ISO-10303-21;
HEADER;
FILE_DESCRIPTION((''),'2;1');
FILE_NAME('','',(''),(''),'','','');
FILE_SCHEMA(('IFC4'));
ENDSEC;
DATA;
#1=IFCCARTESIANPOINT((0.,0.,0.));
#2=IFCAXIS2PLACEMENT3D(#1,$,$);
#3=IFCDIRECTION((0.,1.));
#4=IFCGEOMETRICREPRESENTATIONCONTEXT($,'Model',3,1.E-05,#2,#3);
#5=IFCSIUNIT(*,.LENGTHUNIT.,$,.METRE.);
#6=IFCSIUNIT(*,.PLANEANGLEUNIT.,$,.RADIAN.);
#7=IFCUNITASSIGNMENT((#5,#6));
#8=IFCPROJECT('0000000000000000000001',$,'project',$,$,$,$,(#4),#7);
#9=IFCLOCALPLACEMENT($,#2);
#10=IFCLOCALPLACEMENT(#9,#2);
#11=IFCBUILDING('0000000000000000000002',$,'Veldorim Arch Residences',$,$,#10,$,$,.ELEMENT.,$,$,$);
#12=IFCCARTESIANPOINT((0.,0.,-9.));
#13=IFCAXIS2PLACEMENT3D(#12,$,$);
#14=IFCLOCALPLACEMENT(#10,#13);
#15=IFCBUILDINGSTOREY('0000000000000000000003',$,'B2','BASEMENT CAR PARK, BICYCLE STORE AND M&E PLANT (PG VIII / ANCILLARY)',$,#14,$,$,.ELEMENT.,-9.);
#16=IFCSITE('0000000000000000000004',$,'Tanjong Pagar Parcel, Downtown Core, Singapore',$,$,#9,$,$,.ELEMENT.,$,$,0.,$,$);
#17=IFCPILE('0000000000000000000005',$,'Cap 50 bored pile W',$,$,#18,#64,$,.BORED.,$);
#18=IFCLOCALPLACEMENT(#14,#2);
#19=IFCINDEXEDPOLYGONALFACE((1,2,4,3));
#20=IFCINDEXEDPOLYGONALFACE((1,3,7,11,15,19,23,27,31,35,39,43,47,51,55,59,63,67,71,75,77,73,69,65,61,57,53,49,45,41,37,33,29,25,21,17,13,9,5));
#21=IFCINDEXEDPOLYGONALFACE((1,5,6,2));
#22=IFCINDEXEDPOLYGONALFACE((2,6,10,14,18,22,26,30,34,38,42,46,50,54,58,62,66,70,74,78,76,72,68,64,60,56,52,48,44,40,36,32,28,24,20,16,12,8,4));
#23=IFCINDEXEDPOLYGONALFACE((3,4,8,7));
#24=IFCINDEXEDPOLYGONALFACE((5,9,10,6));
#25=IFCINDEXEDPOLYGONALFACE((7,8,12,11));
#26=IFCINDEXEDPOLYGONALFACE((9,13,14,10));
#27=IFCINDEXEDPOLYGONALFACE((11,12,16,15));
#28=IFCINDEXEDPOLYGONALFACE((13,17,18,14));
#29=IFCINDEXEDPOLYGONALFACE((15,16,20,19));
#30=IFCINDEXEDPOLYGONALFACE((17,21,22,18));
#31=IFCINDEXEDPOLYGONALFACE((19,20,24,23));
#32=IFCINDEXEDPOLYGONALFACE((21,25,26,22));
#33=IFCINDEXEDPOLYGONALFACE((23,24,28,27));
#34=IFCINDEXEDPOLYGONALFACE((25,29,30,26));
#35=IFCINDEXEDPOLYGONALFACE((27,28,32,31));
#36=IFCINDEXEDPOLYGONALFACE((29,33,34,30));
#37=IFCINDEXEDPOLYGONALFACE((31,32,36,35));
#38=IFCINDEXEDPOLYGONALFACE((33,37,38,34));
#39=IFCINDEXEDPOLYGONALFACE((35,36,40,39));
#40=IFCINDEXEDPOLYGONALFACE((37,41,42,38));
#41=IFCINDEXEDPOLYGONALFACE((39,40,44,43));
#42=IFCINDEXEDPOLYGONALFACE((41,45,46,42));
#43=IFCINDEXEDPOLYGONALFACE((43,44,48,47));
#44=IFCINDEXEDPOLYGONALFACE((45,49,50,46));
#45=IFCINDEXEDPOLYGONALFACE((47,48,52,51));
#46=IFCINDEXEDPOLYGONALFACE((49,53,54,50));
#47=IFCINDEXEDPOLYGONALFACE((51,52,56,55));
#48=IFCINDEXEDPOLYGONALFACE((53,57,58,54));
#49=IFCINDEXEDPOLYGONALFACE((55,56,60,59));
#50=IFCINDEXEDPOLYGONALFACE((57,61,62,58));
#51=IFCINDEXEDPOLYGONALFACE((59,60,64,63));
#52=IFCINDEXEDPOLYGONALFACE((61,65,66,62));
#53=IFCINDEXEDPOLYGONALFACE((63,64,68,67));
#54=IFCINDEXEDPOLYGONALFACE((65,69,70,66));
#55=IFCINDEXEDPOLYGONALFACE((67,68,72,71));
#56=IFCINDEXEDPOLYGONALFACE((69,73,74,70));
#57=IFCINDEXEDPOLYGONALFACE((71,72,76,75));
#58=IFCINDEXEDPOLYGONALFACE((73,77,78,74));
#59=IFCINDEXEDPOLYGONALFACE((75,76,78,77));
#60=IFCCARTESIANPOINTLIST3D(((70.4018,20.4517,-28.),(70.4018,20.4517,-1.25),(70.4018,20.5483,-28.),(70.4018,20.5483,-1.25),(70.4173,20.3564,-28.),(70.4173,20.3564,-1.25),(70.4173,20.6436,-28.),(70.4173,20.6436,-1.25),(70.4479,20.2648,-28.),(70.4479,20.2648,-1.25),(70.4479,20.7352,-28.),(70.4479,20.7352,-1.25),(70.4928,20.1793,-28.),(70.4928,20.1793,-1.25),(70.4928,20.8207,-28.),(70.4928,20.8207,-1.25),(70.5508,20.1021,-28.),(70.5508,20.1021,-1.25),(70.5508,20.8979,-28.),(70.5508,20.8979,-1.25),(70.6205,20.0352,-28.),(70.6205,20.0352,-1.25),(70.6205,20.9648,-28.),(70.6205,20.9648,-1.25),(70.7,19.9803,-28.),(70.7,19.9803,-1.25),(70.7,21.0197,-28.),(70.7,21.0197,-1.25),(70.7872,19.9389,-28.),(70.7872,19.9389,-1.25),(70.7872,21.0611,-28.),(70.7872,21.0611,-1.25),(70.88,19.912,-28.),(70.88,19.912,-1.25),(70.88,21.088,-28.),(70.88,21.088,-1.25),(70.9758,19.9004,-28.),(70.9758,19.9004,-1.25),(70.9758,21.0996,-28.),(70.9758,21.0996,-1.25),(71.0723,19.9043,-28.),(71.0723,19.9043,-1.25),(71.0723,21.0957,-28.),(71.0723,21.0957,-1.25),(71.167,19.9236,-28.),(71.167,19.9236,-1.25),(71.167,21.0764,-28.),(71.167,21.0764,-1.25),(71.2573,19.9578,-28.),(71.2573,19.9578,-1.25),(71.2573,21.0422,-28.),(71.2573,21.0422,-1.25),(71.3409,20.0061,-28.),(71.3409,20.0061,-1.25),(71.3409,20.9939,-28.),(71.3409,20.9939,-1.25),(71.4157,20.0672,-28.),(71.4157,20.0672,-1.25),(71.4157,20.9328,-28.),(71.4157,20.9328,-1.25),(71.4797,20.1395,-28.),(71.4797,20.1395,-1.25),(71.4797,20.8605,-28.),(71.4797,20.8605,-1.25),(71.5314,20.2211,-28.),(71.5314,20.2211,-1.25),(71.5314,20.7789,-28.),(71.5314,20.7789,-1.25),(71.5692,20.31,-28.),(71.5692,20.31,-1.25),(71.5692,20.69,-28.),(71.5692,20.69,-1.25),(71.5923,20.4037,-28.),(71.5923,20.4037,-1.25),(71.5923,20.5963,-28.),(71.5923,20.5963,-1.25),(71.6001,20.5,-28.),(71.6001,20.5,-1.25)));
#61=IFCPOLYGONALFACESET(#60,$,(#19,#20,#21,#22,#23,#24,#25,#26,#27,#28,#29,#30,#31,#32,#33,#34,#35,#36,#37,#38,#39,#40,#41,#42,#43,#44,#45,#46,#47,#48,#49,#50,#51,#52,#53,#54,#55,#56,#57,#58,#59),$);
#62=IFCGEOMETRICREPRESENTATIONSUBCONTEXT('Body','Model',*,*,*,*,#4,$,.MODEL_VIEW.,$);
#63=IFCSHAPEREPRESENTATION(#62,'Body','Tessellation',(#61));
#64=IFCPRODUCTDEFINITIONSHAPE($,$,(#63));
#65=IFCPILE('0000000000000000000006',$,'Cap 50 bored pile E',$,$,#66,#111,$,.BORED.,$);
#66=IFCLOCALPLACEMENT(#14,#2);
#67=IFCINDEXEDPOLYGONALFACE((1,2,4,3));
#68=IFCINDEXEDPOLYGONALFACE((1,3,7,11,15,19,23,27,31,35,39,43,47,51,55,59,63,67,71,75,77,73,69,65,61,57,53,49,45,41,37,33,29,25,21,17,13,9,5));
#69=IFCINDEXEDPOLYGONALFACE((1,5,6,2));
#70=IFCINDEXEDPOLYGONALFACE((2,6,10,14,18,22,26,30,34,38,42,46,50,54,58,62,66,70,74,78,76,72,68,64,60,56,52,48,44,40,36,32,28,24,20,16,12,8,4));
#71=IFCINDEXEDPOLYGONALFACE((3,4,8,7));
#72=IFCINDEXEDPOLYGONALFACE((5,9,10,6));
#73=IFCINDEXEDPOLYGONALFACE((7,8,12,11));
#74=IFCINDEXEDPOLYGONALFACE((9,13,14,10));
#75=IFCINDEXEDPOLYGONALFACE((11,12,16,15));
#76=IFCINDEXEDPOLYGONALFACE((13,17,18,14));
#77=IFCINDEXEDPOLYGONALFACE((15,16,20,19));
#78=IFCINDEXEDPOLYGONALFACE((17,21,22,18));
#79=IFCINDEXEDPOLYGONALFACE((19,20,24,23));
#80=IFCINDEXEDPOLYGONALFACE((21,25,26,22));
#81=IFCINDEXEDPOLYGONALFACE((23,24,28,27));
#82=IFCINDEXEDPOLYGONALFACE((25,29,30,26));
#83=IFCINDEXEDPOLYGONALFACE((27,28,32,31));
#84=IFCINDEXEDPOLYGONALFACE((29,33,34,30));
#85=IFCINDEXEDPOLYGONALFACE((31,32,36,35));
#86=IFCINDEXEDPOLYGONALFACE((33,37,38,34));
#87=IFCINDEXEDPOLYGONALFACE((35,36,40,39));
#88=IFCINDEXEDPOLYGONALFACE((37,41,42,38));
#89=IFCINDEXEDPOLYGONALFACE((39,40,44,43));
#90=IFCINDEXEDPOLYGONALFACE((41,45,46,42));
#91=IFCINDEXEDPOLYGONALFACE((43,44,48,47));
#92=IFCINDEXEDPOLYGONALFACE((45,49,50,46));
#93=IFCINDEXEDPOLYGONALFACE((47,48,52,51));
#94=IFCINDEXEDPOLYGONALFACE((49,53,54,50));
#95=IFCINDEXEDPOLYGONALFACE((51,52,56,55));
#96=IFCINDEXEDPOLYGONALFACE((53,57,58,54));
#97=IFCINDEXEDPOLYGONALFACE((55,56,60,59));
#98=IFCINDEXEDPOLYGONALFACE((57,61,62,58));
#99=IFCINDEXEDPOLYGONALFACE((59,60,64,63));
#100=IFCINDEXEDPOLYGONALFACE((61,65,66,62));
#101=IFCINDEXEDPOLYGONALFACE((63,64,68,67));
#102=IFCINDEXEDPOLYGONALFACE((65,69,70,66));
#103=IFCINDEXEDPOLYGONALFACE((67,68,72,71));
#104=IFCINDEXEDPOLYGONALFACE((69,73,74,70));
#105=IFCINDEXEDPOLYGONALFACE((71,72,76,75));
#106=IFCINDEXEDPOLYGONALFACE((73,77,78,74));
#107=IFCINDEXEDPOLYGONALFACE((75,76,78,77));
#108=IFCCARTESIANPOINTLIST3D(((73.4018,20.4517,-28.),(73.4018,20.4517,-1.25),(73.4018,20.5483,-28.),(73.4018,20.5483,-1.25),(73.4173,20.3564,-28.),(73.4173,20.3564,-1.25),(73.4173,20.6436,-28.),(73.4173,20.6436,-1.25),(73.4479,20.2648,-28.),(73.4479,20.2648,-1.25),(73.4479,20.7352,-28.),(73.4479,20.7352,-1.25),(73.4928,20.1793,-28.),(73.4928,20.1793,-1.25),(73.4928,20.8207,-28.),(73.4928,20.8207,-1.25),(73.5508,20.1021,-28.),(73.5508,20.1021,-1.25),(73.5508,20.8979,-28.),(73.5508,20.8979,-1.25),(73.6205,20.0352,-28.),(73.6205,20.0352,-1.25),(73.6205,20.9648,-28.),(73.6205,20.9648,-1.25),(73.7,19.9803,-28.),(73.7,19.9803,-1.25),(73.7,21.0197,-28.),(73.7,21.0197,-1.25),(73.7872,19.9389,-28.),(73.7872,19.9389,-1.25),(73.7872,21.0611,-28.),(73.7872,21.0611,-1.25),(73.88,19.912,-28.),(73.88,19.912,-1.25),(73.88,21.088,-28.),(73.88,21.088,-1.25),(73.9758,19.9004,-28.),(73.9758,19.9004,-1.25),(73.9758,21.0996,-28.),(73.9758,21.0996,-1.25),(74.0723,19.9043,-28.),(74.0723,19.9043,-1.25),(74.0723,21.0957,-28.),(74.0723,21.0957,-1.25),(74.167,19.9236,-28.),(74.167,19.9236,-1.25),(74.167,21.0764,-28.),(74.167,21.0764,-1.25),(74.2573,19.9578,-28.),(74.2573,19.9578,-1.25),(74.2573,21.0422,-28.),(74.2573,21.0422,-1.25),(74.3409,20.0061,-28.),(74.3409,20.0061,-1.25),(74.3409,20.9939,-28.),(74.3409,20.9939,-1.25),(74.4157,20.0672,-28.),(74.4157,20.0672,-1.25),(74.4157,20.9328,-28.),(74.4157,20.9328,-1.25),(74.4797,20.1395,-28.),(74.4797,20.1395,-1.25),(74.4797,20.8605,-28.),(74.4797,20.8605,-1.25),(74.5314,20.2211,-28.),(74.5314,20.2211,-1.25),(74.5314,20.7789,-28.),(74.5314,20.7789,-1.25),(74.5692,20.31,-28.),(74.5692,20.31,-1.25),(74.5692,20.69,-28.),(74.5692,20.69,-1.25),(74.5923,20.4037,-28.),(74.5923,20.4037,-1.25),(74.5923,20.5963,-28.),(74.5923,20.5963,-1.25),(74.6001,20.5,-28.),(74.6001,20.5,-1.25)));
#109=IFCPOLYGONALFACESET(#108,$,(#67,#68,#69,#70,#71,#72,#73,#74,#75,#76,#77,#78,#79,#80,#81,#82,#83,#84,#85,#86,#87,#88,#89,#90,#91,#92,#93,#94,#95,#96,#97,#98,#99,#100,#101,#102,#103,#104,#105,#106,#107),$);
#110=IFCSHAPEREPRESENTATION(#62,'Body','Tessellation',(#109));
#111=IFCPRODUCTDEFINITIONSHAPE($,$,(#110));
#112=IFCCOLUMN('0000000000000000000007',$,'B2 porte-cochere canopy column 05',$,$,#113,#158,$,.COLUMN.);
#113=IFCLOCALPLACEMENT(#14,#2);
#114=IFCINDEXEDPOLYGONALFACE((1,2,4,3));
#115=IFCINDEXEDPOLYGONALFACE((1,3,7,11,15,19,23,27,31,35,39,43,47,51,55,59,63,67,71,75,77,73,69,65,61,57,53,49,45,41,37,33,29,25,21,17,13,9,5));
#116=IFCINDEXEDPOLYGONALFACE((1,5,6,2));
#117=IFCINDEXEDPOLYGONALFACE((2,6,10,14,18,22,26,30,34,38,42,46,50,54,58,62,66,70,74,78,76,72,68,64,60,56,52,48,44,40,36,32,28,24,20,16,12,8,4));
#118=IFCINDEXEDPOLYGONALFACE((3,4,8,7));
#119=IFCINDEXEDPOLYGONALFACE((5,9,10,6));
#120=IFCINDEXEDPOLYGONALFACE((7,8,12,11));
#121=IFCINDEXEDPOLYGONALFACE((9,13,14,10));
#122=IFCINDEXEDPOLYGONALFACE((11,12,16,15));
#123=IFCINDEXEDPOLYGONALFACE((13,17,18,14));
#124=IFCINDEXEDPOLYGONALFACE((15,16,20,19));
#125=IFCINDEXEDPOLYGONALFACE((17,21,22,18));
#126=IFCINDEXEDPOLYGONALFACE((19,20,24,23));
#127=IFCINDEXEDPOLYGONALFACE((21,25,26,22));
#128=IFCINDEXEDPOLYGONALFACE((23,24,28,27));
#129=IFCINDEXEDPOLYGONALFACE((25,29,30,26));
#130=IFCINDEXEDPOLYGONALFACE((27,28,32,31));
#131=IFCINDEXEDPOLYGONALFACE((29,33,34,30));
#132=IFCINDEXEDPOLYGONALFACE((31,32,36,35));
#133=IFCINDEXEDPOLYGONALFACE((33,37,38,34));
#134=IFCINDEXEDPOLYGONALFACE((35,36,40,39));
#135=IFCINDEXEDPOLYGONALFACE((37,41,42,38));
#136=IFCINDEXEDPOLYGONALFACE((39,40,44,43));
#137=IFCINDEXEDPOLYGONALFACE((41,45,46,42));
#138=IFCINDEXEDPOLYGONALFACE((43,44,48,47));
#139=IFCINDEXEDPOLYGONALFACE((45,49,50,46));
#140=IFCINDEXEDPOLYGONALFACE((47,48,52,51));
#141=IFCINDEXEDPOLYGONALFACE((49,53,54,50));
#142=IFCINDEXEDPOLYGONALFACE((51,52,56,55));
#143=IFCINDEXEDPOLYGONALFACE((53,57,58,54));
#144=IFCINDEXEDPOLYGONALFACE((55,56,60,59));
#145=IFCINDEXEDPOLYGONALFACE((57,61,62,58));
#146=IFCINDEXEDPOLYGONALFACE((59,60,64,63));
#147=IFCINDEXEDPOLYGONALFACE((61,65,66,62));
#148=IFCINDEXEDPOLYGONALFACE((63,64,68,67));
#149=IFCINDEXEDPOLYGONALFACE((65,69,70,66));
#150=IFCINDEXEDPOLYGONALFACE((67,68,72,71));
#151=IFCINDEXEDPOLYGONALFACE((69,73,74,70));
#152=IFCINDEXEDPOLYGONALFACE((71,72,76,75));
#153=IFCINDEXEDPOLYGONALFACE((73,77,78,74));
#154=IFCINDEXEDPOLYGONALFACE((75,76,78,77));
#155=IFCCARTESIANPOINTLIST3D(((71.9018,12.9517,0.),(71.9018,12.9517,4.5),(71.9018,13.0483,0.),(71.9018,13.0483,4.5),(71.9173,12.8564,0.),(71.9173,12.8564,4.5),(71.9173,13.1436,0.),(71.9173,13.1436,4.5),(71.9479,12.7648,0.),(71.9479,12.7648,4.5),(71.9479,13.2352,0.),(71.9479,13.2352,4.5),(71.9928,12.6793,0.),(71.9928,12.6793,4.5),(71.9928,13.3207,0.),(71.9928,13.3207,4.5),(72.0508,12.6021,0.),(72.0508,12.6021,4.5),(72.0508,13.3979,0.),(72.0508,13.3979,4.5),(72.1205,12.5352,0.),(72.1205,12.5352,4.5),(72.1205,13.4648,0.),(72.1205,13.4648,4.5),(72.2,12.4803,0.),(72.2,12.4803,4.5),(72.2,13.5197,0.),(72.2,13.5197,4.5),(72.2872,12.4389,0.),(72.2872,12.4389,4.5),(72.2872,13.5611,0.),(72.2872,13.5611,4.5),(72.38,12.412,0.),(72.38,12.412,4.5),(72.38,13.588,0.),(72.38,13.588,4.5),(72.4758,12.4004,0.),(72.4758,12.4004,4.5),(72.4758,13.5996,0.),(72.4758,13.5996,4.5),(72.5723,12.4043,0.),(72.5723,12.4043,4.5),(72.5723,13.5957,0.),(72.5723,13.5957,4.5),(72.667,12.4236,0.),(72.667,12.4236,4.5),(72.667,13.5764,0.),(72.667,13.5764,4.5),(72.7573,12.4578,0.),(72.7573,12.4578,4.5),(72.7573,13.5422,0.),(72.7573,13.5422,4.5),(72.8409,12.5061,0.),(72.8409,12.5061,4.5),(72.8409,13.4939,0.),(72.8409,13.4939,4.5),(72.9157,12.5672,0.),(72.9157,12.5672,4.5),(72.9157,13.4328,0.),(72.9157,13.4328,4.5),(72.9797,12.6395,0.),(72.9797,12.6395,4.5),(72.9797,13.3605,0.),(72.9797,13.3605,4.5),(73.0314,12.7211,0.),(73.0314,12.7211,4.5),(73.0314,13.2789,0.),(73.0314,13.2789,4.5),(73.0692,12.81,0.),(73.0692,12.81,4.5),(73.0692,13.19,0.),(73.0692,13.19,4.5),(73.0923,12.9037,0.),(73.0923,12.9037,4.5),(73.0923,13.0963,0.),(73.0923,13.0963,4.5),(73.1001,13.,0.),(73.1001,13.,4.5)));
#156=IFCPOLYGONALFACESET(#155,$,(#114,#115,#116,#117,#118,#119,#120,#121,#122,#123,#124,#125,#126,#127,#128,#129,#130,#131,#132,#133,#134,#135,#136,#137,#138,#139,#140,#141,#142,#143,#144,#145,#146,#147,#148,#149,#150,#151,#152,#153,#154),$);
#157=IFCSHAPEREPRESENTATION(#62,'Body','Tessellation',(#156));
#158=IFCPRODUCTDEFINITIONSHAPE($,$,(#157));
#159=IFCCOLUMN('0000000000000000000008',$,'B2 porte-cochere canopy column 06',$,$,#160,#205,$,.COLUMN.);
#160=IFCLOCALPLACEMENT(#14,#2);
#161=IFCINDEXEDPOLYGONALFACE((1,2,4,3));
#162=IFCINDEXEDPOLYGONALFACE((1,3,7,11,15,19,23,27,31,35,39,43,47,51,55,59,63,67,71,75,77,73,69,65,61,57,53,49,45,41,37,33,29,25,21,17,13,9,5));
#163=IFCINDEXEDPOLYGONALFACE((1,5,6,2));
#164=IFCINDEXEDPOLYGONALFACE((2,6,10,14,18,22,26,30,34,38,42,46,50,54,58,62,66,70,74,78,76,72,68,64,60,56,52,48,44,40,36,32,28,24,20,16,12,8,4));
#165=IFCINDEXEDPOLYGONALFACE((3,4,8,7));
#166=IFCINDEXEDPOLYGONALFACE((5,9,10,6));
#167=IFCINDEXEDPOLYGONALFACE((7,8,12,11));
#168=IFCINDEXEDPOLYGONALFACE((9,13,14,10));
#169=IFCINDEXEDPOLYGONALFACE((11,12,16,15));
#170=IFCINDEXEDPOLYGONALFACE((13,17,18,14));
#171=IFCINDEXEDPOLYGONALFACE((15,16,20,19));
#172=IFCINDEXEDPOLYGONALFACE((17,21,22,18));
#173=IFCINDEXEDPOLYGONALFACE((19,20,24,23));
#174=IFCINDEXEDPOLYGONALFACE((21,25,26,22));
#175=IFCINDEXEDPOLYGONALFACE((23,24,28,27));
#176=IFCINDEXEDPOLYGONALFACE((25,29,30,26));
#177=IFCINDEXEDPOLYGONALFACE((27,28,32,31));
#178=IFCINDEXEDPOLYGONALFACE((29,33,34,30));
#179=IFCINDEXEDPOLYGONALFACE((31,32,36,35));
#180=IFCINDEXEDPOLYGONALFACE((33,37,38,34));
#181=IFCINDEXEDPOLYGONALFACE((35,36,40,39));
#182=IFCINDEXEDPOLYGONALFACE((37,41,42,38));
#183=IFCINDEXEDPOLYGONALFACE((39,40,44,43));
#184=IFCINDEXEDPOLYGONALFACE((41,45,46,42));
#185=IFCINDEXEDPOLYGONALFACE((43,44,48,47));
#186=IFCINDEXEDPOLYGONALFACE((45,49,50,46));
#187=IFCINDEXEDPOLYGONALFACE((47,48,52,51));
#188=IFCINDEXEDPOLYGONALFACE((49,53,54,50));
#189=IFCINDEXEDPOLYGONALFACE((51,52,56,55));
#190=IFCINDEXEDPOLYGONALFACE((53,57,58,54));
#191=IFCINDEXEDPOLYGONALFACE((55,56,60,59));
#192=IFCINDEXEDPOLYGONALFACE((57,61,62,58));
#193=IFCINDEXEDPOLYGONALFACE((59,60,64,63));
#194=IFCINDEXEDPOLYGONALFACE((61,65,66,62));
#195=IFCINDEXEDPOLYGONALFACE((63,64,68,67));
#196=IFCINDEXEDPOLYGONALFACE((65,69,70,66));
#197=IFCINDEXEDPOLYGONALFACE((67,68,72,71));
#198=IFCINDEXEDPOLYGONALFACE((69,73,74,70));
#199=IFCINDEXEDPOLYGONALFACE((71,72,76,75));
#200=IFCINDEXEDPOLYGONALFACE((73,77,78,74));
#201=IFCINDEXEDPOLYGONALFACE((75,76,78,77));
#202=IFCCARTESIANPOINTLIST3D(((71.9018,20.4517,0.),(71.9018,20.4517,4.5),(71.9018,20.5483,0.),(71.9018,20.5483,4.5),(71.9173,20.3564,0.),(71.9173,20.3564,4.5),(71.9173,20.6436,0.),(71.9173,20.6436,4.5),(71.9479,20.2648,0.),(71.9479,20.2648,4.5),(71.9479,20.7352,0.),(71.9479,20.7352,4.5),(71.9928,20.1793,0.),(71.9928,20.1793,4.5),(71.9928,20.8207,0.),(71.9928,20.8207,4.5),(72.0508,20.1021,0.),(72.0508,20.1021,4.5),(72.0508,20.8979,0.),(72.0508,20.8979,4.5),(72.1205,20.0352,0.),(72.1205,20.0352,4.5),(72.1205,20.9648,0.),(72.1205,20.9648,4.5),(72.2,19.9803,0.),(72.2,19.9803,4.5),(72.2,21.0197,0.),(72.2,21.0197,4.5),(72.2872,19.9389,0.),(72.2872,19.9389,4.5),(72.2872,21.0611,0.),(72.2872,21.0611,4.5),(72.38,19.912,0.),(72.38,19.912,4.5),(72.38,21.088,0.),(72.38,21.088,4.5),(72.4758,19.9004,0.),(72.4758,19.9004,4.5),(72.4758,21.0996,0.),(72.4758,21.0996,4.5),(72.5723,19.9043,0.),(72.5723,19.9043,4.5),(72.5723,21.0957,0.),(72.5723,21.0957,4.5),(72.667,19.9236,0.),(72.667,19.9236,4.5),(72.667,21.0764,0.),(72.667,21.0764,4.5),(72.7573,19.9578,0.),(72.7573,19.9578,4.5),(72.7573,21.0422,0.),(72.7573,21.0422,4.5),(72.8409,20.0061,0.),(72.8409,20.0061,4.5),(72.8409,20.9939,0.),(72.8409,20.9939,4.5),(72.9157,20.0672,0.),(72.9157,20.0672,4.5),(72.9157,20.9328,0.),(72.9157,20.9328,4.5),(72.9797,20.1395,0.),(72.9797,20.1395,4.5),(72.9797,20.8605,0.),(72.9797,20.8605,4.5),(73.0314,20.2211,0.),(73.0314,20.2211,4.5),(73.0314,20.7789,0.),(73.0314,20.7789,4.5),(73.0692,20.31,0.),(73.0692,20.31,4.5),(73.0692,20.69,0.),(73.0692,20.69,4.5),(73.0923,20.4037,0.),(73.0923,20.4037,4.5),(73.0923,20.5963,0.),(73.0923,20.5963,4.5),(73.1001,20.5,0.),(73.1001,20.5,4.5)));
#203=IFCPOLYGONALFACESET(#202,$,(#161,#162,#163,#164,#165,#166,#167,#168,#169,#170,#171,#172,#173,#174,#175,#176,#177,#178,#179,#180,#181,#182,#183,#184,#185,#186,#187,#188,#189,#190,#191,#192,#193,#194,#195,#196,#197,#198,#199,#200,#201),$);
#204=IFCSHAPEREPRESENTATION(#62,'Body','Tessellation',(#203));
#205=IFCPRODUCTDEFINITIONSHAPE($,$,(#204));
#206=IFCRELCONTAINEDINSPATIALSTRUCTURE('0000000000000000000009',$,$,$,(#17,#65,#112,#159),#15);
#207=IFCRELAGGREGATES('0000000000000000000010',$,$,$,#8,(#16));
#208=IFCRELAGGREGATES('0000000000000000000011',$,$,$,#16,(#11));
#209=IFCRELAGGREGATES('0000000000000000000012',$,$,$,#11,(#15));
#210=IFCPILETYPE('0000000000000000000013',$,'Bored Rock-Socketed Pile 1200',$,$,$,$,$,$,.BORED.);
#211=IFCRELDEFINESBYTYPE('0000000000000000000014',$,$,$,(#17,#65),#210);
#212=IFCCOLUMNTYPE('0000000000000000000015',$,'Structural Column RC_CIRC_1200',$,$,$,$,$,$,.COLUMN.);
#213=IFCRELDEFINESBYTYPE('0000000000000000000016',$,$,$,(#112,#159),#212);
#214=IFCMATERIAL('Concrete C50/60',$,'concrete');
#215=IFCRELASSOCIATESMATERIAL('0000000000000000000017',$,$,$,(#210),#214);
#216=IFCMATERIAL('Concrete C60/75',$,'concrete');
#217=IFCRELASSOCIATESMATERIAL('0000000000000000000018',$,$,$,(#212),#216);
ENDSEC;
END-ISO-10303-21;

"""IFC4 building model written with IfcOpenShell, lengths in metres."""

from ifc_helpers import new_model, si_unit, direction, frame, origin, origin_2d, place, context, subcontext, project, spatial, circle, extrude, material, material_profile, profile_set, type_object, element, save


model = new_model("IFC4")

# Units and contexts
model_context = context("Model", 3, precision=1e-05, world=origin(), true_north=direction((0.0, 1.0)))
body_context = subcontext(model_context, "Body", "Model", "MODEL_VIEW")
ifc_project = project(units=[si_unit("LENGTHUNIT", "METRE"), si_unit("PLANEANGLEUNIT", "RADIAN")], contexts=[model_context])

# Site, building, storey
site_placement = place(None, origin())
site = spatial("IfcSite", under=ifc_project, at=site_placement, Name="Tanjong Pagar Parcel, Downtown Core, Singapore", CompositionType="ELEMENT", RefElevation=0.0)
building_placement = place(site_placement, origin())
building = spatial("IfcBuilding", under=site, at=building_placement, Name="Veldorim Arch Residences", CompositionType="ELEMENT")
storey_placement = place(building_placement, frame((0.0, 0.0, -9.0)))
storey = spatial("IfcBuildingStorey", under=building, at=storey_placement, Name="B2", Description="BASEMENT CAR PARK, BICYCLE STORE AND M&E PLANT (PG VIII / ANCILLARY)", CompositionType="ELEMENT", Elevation=-9.0)

# Piles
ifc_material_1 = material(Name="Concrete C50/60", Category="concrete")
ifc_material_profile_1 = material_profile(ifc_material_1, circle(Radius=0.6001, at=origin_2d()), Name="PILE_1200")
ifc_profile_set_1 = profile_set([ifc_material_profile_1], Name="Concrete C50/60")
pile_type = type_object("IfcPileType", Name="Bored Rock-Socketed Pile 1200", PredefinedType="BORED", material=ifc_profile_set_1)
for number, where, z_axis, x_axis, name in (
    (1, (71.0, 20.5, -1.25), (0.0, 0.0, -1.0), (1.0, 0.0, 0.0), "Cap 50 bored pile W"),
    (2, (74.0, 20.5, -1.25), (0.0, 0.0, -1.0), (1.0, 0.0, 0.0), "Cap 50 bored pile E"),
):
    element("IfcPile", number, at=place(storey_placement, frame(where, z_axis=z_axis, x_axis=x_axis)), inside=storey, type_object=pile_type, Name=name, PredefinedType="BORED", context=body_context, shape_type="SweptSolid", body=[
        extrude(circle(Radius=0.6001, at=origin_2d()), origin(), (0.0, 0.0, 1.0), 26.75),
    ])

# Columns
ifc_material_2 = material(Name="Concrete C60/75", Category="concrete")
ifc_material_profile_2 = material_profile(ifc_material_2, circle(Radius=0.6001, at=origin_2d()), Name="RC_CIRC_1200")
ifc_profile_set_2 = profile_set([ifc_material_profile_2], Name="Concrete C60/75")
column_type_1 = type_object("IfcColumnType", Name="Structural Column RC_CIRC_1200", PredefinedType="COLUMN", material=ifc_profile_set_2)
for number, where, z_axis, x_axis, name in (
    (3, (72.5, 13.0, 0.0), (0.0, 0.0, 1.0), (1.0, 0.0, 0.0), "B2 porte-cochere canopy column 05"),
    (4, (72.5, 20.5, 0.0), (0.0, 0.0, 1.0), (1.0, 0.0, 0.0), "B2 porte-cochere canopy column 06"),
):
    element("IfcColumn", number, at=place(storey_placement, frame(where, z_axis=z_axis, x_axis=x_axis)), inside=storey, type_object=column_type_1, Name=name, PredefinedType="COLUMN", context=body_context, shape_type="SweptSolid", body=[
        extrude(circle(Radius=0.6001, at=origin_2d()), origin(), (0.0, 0.0, 1.0), 4.5),
    ])

save(model, "model.ifc")
